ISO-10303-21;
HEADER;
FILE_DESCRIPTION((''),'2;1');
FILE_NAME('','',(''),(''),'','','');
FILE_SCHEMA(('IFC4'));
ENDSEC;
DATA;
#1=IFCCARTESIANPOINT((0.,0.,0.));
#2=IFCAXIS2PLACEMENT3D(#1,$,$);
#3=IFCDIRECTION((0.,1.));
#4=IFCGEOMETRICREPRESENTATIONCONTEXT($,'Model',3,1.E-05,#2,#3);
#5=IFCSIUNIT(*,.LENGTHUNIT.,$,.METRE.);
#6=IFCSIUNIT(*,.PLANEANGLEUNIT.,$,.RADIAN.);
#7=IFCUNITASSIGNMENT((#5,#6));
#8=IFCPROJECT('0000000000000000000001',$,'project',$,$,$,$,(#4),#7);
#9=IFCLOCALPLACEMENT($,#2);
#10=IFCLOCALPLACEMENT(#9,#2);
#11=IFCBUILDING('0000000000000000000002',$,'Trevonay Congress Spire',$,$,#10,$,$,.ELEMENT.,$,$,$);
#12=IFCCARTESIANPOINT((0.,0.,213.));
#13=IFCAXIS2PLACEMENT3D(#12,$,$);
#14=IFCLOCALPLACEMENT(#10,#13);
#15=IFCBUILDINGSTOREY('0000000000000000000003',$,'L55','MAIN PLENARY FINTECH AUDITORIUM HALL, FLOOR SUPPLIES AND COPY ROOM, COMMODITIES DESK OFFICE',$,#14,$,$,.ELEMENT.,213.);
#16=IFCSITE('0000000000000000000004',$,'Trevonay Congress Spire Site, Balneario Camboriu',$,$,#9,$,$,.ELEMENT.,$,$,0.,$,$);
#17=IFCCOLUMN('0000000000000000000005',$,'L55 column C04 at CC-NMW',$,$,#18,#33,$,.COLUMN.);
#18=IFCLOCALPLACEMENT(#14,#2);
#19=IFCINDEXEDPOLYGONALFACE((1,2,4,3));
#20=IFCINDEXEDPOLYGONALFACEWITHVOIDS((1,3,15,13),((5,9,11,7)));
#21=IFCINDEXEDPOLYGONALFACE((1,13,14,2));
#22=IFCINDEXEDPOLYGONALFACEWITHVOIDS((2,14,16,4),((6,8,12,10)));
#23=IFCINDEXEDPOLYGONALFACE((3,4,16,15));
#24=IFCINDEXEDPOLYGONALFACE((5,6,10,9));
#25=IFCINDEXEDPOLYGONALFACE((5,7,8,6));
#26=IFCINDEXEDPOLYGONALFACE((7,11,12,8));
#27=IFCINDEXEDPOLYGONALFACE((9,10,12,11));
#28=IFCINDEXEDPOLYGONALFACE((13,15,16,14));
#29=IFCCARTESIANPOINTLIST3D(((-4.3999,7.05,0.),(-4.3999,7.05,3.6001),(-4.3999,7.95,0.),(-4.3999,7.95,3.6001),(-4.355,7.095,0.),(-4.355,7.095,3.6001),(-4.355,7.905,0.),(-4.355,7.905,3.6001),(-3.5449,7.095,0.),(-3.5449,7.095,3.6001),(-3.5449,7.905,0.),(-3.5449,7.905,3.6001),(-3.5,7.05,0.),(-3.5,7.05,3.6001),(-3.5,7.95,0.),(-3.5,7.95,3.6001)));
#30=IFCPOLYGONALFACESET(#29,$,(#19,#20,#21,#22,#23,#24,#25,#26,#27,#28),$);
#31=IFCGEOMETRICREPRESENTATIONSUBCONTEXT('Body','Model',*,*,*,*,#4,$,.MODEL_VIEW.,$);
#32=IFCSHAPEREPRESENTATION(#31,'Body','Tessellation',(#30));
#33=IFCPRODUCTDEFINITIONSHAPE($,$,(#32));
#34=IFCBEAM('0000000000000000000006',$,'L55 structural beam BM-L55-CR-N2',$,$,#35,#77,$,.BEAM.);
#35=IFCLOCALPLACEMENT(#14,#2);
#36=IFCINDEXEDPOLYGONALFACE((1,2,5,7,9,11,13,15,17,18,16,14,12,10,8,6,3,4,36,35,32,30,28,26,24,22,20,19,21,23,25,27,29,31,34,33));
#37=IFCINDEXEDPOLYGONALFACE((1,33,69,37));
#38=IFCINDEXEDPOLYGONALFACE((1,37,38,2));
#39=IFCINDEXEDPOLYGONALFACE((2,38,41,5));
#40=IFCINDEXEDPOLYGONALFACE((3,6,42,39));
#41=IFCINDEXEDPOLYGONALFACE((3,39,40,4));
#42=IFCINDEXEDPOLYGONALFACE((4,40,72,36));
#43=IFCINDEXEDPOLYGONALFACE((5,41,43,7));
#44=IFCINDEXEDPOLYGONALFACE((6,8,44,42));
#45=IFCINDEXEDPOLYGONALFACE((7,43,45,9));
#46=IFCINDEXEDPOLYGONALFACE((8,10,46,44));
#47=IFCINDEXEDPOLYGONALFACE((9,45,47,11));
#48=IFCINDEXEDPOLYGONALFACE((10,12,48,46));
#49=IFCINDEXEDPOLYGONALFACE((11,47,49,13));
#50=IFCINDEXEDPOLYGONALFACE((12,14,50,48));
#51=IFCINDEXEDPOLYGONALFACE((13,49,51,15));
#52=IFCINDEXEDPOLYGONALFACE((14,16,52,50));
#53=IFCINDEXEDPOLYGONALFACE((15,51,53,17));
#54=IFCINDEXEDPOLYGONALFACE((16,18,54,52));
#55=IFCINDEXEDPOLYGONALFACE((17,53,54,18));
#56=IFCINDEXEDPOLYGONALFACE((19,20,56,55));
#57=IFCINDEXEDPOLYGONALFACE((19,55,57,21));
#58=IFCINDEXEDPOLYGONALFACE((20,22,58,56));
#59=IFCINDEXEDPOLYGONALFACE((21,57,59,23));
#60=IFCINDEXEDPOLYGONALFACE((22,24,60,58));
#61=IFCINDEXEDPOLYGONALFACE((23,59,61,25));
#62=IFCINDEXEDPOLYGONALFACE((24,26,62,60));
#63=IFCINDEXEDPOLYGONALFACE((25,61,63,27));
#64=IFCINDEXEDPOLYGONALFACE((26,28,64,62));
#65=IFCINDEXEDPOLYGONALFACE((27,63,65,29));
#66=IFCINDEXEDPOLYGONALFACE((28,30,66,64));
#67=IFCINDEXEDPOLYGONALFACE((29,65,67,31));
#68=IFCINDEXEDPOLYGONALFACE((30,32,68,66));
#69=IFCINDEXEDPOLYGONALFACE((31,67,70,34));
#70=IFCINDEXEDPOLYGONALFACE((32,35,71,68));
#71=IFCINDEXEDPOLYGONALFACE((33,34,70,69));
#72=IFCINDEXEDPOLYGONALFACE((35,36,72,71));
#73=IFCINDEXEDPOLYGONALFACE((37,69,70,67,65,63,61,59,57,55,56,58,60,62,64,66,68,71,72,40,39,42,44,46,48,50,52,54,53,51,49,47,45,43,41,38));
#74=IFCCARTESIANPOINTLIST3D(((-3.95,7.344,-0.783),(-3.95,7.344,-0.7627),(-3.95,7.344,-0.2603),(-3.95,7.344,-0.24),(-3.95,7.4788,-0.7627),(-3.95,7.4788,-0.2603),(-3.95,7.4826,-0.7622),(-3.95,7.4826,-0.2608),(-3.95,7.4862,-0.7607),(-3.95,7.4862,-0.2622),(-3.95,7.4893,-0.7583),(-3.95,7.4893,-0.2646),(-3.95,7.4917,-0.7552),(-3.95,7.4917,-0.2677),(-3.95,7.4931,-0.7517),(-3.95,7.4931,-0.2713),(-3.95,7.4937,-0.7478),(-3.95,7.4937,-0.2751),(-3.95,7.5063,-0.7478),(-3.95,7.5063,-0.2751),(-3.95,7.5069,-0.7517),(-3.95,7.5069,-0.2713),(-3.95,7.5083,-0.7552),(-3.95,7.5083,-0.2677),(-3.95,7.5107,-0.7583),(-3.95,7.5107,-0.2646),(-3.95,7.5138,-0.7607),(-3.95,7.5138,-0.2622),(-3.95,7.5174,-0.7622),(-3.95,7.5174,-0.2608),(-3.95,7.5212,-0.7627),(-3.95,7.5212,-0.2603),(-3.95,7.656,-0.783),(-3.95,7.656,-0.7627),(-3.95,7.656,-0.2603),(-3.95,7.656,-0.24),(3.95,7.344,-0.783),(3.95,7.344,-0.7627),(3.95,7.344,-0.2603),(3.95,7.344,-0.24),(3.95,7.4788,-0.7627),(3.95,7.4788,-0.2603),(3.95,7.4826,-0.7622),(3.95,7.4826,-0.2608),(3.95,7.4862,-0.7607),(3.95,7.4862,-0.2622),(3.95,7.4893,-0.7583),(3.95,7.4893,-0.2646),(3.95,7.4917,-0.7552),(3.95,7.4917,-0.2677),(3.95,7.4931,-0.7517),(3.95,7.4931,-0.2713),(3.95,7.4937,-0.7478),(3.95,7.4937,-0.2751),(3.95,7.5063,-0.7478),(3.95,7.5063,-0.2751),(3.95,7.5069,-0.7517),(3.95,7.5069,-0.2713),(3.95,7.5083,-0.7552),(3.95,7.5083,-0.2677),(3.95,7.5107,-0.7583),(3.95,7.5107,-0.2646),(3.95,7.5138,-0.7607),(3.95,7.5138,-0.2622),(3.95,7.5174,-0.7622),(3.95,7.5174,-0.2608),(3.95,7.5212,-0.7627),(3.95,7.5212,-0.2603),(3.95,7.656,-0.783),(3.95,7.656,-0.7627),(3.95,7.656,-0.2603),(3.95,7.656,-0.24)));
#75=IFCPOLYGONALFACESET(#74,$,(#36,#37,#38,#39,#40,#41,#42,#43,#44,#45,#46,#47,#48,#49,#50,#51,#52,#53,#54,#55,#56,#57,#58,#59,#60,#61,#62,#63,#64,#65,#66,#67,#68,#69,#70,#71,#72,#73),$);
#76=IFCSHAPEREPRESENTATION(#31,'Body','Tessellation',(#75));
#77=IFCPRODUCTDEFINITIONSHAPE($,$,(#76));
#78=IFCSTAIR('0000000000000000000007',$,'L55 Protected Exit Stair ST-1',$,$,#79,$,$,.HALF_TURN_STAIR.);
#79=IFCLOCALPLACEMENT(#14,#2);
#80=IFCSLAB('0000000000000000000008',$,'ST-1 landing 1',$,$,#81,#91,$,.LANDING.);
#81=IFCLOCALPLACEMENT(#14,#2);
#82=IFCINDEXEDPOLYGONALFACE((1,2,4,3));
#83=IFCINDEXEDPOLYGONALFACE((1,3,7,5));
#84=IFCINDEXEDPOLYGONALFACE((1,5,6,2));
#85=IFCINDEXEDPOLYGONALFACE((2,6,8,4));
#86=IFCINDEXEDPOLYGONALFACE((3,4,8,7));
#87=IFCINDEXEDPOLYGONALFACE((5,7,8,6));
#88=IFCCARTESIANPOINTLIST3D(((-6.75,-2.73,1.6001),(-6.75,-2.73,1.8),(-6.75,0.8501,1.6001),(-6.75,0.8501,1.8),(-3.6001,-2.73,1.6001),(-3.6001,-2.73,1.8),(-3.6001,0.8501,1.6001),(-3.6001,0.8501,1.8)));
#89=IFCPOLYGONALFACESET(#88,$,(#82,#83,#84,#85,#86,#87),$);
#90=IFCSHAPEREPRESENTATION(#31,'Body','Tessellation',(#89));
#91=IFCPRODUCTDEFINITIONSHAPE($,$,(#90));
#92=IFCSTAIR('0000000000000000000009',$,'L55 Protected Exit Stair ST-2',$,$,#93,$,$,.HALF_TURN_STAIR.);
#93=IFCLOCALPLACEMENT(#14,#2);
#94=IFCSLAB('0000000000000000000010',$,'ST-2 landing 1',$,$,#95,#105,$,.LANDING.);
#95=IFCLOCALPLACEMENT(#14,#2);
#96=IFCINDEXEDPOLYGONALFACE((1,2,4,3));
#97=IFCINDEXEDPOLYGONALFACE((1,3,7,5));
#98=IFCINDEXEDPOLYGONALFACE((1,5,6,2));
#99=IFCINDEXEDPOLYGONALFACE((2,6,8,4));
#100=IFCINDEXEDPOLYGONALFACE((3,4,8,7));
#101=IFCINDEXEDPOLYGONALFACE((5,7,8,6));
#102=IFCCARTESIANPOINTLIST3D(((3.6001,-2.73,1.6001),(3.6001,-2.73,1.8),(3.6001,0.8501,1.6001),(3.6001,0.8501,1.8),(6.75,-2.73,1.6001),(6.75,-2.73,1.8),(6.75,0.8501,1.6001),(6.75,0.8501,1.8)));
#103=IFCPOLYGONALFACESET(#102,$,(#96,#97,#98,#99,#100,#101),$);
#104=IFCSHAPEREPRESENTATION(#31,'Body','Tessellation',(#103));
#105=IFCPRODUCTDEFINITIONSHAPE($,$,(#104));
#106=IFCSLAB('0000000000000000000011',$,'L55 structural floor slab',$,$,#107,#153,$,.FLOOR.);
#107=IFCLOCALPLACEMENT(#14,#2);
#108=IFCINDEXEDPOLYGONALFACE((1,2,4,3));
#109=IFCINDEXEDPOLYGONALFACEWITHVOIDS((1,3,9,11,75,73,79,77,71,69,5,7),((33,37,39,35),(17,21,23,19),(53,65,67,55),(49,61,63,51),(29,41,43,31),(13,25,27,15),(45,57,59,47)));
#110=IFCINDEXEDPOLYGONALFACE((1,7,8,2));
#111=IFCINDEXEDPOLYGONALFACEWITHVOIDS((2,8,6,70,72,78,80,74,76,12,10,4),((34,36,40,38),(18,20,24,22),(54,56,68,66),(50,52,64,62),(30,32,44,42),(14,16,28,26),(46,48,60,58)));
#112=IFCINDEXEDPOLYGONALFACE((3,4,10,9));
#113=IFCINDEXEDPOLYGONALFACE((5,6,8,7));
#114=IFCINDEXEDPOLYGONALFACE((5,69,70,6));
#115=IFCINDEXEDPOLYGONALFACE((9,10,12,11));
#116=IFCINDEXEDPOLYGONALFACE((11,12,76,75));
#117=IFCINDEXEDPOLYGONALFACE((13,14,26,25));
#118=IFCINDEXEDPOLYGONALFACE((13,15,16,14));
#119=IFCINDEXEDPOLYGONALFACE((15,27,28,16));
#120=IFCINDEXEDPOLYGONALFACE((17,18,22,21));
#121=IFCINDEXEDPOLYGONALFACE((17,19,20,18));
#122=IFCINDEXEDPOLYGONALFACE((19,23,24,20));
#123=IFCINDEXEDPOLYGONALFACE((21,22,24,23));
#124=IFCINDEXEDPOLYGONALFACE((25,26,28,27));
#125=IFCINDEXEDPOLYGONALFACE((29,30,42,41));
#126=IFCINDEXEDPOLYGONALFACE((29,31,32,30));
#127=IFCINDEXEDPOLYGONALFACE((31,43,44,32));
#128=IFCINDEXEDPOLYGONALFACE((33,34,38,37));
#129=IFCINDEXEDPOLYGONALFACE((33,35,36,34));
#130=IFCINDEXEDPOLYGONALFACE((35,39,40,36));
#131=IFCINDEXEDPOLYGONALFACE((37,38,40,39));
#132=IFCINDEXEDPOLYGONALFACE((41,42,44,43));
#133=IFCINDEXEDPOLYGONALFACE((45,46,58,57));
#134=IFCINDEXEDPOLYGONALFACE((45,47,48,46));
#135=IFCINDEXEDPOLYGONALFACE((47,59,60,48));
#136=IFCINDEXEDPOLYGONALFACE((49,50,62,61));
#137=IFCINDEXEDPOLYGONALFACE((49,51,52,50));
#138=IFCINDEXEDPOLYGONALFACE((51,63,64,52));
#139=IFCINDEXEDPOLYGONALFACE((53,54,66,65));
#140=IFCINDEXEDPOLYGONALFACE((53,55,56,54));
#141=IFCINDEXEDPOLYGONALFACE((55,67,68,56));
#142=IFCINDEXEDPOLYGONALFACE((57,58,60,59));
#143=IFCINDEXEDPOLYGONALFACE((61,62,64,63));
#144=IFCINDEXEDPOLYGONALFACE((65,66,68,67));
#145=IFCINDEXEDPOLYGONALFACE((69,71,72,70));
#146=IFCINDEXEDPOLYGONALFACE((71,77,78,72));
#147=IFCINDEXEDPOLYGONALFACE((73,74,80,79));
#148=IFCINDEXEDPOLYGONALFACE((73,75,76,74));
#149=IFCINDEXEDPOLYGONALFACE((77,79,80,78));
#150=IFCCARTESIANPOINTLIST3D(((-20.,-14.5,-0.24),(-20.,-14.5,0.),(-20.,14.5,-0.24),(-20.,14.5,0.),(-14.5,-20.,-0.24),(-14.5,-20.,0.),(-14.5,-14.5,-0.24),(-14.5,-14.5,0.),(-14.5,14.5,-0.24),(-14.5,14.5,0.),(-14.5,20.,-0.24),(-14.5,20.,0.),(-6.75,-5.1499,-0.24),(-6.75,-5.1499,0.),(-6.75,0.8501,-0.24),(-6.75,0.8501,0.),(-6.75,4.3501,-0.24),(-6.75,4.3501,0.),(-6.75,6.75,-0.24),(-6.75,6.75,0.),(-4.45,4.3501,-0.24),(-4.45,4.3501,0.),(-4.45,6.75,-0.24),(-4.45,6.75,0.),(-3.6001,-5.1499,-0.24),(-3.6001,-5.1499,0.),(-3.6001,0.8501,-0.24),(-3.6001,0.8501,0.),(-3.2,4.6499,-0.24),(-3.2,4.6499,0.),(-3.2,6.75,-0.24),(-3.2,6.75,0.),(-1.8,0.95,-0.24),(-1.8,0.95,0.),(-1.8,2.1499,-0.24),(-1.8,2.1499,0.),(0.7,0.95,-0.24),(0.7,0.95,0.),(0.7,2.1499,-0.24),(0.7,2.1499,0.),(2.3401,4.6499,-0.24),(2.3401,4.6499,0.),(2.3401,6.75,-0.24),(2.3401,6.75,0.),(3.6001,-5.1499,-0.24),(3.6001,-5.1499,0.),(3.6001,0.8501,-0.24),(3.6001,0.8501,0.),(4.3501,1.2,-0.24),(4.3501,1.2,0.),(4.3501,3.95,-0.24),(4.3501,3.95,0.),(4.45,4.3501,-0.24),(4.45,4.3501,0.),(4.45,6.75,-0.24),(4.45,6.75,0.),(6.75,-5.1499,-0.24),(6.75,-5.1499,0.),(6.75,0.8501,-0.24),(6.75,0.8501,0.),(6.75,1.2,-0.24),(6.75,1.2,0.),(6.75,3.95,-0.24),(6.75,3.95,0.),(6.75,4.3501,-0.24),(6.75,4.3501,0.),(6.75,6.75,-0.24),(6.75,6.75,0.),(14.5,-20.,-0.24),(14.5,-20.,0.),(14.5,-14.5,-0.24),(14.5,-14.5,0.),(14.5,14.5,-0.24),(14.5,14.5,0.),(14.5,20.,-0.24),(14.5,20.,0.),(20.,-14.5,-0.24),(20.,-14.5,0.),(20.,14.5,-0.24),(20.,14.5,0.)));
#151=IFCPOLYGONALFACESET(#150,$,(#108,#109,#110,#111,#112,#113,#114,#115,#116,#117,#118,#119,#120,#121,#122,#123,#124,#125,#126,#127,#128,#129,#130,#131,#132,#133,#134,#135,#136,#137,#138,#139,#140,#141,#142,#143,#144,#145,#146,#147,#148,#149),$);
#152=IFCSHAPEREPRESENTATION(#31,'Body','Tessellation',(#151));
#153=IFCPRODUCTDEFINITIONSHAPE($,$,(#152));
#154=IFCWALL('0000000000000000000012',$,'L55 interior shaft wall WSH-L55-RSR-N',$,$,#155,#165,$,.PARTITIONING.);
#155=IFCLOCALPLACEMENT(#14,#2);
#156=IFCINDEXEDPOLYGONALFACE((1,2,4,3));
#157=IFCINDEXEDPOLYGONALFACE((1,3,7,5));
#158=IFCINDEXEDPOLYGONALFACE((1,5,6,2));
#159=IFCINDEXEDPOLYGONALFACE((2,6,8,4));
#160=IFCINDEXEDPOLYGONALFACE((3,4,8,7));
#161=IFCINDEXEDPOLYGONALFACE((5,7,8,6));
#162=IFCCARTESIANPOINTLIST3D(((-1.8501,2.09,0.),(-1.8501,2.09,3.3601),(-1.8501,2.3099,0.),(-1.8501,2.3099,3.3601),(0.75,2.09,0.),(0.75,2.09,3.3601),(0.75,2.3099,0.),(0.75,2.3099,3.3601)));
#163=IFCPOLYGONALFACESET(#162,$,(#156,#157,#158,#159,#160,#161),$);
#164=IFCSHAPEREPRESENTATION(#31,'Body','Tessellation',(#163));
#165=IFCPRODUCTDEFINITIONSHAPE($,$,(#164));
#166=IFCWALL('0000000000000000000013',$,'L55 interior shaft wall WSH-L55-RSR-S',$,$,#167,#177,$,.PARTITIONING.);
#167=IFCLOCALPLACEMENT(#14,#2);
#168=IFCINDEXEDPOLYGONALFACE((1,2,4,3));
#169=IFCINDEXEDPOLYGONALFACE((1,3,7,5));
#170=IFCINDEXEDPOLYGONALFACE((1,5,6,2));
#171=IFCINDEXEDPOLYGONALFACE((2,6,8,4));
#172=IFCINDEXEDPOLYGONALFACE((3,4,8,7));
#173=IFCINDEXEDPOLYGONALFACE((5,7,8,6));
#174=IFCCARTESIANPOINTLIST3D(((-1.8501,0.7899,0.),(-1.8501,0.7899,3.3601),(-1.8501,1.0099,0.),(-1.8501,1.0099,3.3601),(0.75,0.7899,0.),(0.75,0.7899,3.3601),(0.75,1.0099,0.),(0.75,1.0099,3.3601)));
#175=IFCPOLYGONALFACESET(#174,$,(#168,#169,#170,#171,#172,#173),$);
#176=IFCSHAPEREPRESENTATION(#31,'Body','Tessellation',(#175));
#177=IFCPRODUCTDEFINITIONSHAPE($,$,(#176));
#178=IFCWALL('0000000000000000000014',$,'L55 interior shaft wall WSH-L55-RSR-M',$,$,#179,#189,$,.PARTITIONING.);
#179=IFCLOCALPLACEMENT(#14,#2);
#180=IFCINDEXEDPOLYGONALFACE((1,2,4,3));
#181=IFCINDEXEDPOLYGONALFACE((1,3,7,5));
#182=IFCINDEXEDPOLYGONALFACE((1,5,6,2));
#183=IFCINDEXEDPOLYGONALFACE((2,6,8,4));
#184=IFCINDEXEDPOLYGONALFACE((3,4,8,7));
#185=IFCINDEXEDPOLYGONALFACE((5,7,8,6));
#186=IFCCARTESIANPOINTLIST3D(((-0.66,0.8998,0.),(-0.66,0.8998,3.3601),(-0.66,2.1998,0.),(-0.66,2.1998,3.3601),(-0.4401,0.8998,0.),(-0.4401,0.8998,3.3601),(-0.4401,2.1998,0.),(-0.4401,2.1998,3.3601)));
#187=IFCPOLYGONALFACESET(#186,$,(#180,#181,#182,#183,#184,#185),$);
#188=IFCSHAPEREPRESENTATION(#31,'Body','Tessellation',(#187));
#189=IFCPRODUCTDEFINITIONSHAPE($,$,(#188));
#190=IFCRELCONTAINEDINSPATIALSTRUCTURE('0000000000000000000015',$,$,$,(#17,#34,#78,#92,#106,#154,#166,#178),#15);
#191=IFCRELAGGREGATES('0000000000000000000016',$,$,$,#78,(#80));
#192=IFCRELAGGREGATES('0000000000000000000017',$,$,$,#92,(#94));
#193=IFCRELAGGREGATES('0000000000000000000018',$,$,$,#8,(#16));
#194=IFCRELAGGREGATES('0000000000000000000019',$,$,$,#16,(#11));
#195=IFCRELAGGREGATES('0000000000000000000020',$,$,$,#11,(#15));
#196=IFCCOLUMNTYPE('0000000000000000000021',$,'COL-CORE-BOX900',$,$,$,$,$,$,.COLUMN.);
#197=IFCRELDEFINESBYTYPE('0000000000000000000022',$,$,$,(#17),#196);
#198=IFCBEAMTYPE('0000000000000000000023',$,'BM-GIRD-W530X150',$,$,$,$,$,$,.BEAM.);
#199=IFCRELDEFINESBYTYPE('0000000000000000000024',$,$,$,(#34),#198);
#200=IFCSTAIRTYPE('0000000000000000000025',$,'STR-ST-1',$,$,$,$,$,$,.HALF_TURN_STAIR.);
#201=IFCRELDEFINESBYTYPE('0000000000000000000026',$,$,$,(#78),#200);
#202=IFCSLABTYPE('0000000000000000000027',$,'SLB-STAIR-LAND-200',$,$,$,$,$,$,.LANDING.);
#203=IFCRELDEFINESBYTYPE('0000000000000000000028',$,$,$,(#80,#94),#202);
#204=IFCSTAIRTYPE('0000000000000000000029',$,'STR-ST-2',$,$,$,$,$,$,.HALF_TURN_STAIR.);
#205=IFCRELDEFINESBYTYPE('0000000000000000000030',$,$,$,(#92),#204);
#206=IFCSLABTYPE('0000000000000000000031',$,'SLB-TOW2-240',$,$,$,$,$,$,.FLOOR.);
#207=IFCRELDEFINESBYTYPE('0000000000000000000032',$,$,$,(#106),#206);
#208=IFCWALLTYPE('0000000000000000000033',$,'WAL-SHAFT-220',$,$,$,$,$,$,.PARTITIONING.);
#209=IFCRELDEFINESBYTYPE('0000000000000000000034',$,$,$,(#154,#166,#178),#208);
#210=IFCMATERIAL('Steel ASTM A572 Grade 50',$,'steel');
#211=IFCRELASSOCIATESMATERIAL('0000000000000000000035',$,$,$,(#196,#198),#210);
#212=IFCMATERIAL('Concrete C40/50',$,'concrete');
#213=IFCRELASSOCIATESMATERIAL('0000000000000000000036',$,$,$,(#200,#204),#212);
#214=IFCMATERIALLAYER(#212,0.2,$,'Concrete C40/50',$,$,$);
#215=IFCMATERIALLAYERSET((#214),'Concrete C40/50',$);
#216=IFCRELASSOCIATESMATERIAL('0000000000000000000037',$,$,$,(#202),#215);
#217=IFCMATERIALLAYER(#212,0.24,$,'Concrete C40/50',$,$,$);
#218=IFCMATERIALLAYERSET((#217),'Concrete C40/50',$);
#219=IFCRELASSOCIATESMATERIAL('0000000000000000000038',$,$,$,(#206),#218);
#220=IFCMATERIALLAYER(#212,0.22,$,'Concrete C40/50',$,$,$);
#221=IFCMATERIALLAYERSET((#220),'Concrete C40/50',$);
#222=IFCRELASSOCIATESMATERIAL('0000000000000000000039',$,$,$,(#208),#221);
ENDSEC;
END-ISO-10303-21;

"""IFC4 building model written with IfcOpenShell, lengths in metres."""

from ifc_helpers import new_model, si_unit, direction, frame, frame_2d, origin, origin_2d, place, context, subcontext, project, spatial, polyline, rectangle, hollow_rectangle, i_section, outline, extrude, material, layer, layer_set, material_profile, profile_set, type_object, element, aggregate, save


model = new_model("IFC4")

# Units and contexts
model_context = context("Model", 3, precision=1e-05, world=origin(), true_north=direction((0.0, 1.0)))
body_context = subcontext(model_context, "Body", "Model", "MODEL_VIEW")
ifc_project = project(units=[si_unit("LENGTHUNIT", "METRE"), si_unit("PLANEANGLEUNIT", "RADIAN")], contexts=[model_context])

# Site, building, storey
site_placement = place(None, origin())
site = spatial("IfcSite", under=ifc_project, at=site_placement, Name="Trevonay Congress Spire Site, Balneario Camboriu", CompositionType="ELEMENT", RefElevation=0.0)
building_placement = place(site_placement, origin())
building = spatial("IfcBuilding", under=site, at=building_placement, Name="Trevonay Congress Spire", CompositionType="ELEMENT")
storey_placement = place(building_placement, frame((0.0, 0.0, 213.0)))
storey = spatial("IfcBuildingStorey", under=building, at=storey_placement, Name="L55", Description="MAIN PLENARY FINTECH AUDITORIUM HALL, FLOOR SUPPLIES AND COPY ROOM, COMMODITIES DESK OFFICE", CompositionType="ELEMENT", Elevation=213.0)

# Column
ifc_material_1 = material(Name="Steel ASTM A572 Grade 50", Category="steel")
ifc_material_profile_1 = material_profile(ifc_material_1, hollow_rectangle(XDim=0.8999, YDim=0.8999, WallThickness=0.0449, at=origin_2d()), Name="BOX 900x900x45")
ifc_profile_set_1 = profile_set([ifc_material_profile_1], Name="Steel ASTM A572 Grade 50")
column_type = type_object("IfcColumnType", Name="COL-CORE-BOX900", PredefinedType="COLUMN", material=ifc_profile_set_1)
column_placement = place(storey_placement, frame((-3.95, 7.5, 0.0), z_axis=(0.0, 0.0, 1.0), x_axis=(1.0, 0.0, 0.0)))
element("IfcColumn", 1, at=column_placement, inside=storey, type_object=column_type, Name="L55 column C04 at CC-NMW", PredefinedType="COLUMN", context=body_context, shape_type="SweptSolid", body=[
    extrude(hollow_rectangle(XDim=0.8999, YDim=0.8999, WallThickness=0.0449, at=origin_2d()), origin(), (0.0, 0.0, 1.0), 3.6001),
])

# Beam
ifc_material_profile_2 = material_profile(ifc_material_1, i_section(OverallWidth=0.312, OverallDepth=0.543, WebThickness=0.0127, FlangeThickness=0.0203, FilletRadius=0.0149, at=origin_2d()), Name="W530x150")
ifc_profile_set_2 = profile_set([ifc_material_profile_2], Name="Steel ASTM A572 Grade 50")
beam_type = type_object("IfcBeamType", Name="BM-GIRD-W530X150", PredefinedType="BEAM", material=ifc_profile_set_2)
beam_placement = place(storey_placement, frame((-3.95, 7.5, -0.5115), z_axis=(1.0, 0.0, 0.0), x_axis=(0.0, 1.0, 0.0)))
element("IfcBeam", 2, at=beam_placement, inside=storey, type_object=beam_type, Name="L55 structural beam BM-L55-CR-N2", PredefinedType="BEAM", context=body_context, shape_type="SweptSolid", body=[
    extrude(i_section(OverallWidth=0.312, OverallDepth=0.543, WebThickness=0.0127, FlangeThickness=0.0203, FilletRadius=0.0149, at=origin_2d()), origin(), (0.0, 0.0, 1.0), 7.8999),
])

# Stairs, slabs
ifc_material_2 = material(Name="Concrete C40/50", Category="concrete")
stair_type_1 = type_object("IfcStairType", Name="STR-ST-1", PredefinedType="HALF_TURN_STAIR", material=ifc_material_2)
stair_1_placement = place(storey_placement, origin())
stair_1 = element("IfcStair", 3, at=stair_1_placement, inside=storey, type_object=stair_type_1, Name="L55 Protected Exit Stair ST-1", PredefinedType="HALF_TURN_STAIR")
ifc_layer_1 = layer(ifc_material_2, 0.2, Name="Concrete C40/50")
ifc_layer_set_1 = layer_set([ifc_layer_1], Name="Concrete C40/50")
slab_type_1 = type_object("IfcSlabType", Name="SLB-STAIR-LAND-200", PredefinedType="LANDING", material=ifc_layer_set_1)
slab_1_placement = place(storey_placement, frame((0.0, 0.0, 1.6001)))
slab_1 = element("IfcSlab", 4, at=slab_1_placement, type_object=slab_type_1, Name="ST-1 landing 1", PredefinedType="LANDING", context=body_context, shape_type="SweptSolid", body=[
    extrude(outline(polyline([(-3.6001, -2.73), (-3.6001, 0.8501), (-6.75, 0.8501), (-6.75, -2.73), (-3.6001, -2.73)])), origin(), (0.0, 0.0, 1.0), 0.2),
])
aggregate(stair_1, [slab_1])
stair_type_2 = type_object("IfcStairType", Name="STR-ST-2", PredefinedType="HALF_TURN_STAIR", material=ifc_material_2)
stair_2_placement = place(storey_placement, origin())
stair_2 = element("IfcStair", 5, at=stair_2_placement, inside=storey, type_object=stair_type_2, Name="L55 Protected Exit Stair ST-2", PredefinedType="HALF_TURN_STAIR")
slab_2_placement = place(storey_placement, frame((0.0, 0.0, 1.6001)))
slab_2 = element("IfcSlab", 6, at=slab_2_placement, type_object=slab_type_1, Name="ST-2 landing 1", PredefinedType="LANDING", context=body_context, shape_type="SweptSolid", body=[
    extrude(outline(polyline([(6.75, -2.73), (6.75, 0.8501), (3.6001, 0.8501), (3.6001, -2.73), (6.75, -2.73)])), origin(), (0.0, 0.0, 1.0), 0.2),
])
aggregate(stair_2, [slab_2])

# Slab
ifc_layer_2 = layer(ifc_material_2, 0.24, Name="Concrete C40/50")
ifc_layer_set_2 = layer_set([ifc_layer_2], Name="Concrete C40/50")
slab_type_2 = type_object("IfcSlabType", Name="SLB-TOW2-240", PredefinedType="FLOOR", material=ifc_layer_set_2)
slab_3_placement = place(storey_placement, frame((0.0, 0.0, -0.24)))
element("IfcSlab", 7, at=slab_3_placement, inside=storey, type_object=slab_type_2, Name="L55 structural floor slab", PredefinedType="FLOOR", context=body_context, shape_type="SweptSolid", body=[
    extrude(outline(polyline([(-14.5, -20.0), (14.5, -20.0), (14.5, -14.5), (20.0, -14.5), (20.0, 14.5), (14.5, 14.5), (14.5, 20.0), (-14.5, 20.0), (-14.5, 14.5), (-20.0, 14.5), (-20.0, -14.5), (-14.5, -14.5), (-14.5, -20.0)]), holes=[polyline([(-3.6001, -5.1499), (-3.6001, 0.8501), (-6.75, 0.8501), (-6.75, -5.1499), (-3.6001, -5.1499)]), polyline([(6.75, -5.1499), (6.75, 0.8501), (3.6001, 0.8501), (3.6001, -5.1499), (6.75, -5.1499)]), polyline([(-3.2, 4.6499), (2.3401, 4.6499), (2.3401, 6.75), (-3.2, 6.75), (-3.2, 4.6499)]), polyline([(-6.75, 4.3501), (-4.45, 4.3501), (-4.45, 6.75), (-6.75, 6.75), (-6.75, 4.3501)]), polyline([(4.45, 4.3501), (6.75, 4.3501), (6.75, 6.75), (4.45, 6.75), (4.45, 4.3501)]), polyline([(4.3501, 1.2), (6.75, 1.2), (6.75, 3.95), (4.3501, 3.95), (4.3501, 1.2)]), polyline([(-1.8, 0.95), (0.7, 0.95), (0.7, 2.1499), (-1.8, 2.1499), (-1.8, 0.95)])]), origin(), (0.0, 0.0, 1.0), 0.24),
])

# Walls
ifc_layer_3 = layer(ifc_material_2, 0.22, Name="Concrete C40/50")
ifc_layer_set_3 = layer_set([ifc_layer_3], Name="Concrete C40/50")
wall_type_1 = type_object("IfcWallType", Name="WAL-SHAFT-220", PredefinedType="PARTITIONING", material=ifc_layer_set_3)
for number, where, z_axis, x_axis, name in (
    (8, (-1.8501, 2.2, 0.0), (0.0, 0.0, 1.0), (1.0, 0.0, 0.0), "L55 interior shaft wall WSH-L55-RSR-N"),
    (9, (-1.8501, 0.8999, 0.0), (0.0, 0.0, 1.0), (1.0, 0.0, 0.0), "L55 interior shaft wall WSH-L55-RSR-S"),
):
    element("IfcWall", number, at=place(storey_placement, frame(where, z_axis=z_axis, x_axis=x_axis)), inside=storey, type_object=wall_type_1, Name=name, PredefinedType="PARTITIONING", context=body_context, shape_type="SweptSolid", body=[
        extrude(rectangle(XDim=2.6001, YDim=0.22, at=frame_2d((1.3, 0.0))), origin(), (0.0, 0.0, 1.0), 3.3601),
    ])
for number, where, z_axis, x_axis, name in (
    (10, (-0.55, 0.8999, 0.0), (0.0, 0.0, 1.0), (0.0, 1.0, 0.0), "L55 interior shaft wall WSH-L55-RSR-M"),
):
    element("IfcWall", number, at=place(storey_placement, frame(where, z_axis=z_axis, x_axis=x_axis)), inside=storey, type_object=wall_type_1, Name=name, PredefinedType="PARTITIONING", context=body_context, shape_type="SweptSolid", body=[
        extrude(rectangle(XDim=1.3, YDim=0.22, at=frame_2d((0.6499, 0.0))), origin(), (0.0, 0.0, 1.0), 3.3601),
    ])

save(model, "model.ifc")
